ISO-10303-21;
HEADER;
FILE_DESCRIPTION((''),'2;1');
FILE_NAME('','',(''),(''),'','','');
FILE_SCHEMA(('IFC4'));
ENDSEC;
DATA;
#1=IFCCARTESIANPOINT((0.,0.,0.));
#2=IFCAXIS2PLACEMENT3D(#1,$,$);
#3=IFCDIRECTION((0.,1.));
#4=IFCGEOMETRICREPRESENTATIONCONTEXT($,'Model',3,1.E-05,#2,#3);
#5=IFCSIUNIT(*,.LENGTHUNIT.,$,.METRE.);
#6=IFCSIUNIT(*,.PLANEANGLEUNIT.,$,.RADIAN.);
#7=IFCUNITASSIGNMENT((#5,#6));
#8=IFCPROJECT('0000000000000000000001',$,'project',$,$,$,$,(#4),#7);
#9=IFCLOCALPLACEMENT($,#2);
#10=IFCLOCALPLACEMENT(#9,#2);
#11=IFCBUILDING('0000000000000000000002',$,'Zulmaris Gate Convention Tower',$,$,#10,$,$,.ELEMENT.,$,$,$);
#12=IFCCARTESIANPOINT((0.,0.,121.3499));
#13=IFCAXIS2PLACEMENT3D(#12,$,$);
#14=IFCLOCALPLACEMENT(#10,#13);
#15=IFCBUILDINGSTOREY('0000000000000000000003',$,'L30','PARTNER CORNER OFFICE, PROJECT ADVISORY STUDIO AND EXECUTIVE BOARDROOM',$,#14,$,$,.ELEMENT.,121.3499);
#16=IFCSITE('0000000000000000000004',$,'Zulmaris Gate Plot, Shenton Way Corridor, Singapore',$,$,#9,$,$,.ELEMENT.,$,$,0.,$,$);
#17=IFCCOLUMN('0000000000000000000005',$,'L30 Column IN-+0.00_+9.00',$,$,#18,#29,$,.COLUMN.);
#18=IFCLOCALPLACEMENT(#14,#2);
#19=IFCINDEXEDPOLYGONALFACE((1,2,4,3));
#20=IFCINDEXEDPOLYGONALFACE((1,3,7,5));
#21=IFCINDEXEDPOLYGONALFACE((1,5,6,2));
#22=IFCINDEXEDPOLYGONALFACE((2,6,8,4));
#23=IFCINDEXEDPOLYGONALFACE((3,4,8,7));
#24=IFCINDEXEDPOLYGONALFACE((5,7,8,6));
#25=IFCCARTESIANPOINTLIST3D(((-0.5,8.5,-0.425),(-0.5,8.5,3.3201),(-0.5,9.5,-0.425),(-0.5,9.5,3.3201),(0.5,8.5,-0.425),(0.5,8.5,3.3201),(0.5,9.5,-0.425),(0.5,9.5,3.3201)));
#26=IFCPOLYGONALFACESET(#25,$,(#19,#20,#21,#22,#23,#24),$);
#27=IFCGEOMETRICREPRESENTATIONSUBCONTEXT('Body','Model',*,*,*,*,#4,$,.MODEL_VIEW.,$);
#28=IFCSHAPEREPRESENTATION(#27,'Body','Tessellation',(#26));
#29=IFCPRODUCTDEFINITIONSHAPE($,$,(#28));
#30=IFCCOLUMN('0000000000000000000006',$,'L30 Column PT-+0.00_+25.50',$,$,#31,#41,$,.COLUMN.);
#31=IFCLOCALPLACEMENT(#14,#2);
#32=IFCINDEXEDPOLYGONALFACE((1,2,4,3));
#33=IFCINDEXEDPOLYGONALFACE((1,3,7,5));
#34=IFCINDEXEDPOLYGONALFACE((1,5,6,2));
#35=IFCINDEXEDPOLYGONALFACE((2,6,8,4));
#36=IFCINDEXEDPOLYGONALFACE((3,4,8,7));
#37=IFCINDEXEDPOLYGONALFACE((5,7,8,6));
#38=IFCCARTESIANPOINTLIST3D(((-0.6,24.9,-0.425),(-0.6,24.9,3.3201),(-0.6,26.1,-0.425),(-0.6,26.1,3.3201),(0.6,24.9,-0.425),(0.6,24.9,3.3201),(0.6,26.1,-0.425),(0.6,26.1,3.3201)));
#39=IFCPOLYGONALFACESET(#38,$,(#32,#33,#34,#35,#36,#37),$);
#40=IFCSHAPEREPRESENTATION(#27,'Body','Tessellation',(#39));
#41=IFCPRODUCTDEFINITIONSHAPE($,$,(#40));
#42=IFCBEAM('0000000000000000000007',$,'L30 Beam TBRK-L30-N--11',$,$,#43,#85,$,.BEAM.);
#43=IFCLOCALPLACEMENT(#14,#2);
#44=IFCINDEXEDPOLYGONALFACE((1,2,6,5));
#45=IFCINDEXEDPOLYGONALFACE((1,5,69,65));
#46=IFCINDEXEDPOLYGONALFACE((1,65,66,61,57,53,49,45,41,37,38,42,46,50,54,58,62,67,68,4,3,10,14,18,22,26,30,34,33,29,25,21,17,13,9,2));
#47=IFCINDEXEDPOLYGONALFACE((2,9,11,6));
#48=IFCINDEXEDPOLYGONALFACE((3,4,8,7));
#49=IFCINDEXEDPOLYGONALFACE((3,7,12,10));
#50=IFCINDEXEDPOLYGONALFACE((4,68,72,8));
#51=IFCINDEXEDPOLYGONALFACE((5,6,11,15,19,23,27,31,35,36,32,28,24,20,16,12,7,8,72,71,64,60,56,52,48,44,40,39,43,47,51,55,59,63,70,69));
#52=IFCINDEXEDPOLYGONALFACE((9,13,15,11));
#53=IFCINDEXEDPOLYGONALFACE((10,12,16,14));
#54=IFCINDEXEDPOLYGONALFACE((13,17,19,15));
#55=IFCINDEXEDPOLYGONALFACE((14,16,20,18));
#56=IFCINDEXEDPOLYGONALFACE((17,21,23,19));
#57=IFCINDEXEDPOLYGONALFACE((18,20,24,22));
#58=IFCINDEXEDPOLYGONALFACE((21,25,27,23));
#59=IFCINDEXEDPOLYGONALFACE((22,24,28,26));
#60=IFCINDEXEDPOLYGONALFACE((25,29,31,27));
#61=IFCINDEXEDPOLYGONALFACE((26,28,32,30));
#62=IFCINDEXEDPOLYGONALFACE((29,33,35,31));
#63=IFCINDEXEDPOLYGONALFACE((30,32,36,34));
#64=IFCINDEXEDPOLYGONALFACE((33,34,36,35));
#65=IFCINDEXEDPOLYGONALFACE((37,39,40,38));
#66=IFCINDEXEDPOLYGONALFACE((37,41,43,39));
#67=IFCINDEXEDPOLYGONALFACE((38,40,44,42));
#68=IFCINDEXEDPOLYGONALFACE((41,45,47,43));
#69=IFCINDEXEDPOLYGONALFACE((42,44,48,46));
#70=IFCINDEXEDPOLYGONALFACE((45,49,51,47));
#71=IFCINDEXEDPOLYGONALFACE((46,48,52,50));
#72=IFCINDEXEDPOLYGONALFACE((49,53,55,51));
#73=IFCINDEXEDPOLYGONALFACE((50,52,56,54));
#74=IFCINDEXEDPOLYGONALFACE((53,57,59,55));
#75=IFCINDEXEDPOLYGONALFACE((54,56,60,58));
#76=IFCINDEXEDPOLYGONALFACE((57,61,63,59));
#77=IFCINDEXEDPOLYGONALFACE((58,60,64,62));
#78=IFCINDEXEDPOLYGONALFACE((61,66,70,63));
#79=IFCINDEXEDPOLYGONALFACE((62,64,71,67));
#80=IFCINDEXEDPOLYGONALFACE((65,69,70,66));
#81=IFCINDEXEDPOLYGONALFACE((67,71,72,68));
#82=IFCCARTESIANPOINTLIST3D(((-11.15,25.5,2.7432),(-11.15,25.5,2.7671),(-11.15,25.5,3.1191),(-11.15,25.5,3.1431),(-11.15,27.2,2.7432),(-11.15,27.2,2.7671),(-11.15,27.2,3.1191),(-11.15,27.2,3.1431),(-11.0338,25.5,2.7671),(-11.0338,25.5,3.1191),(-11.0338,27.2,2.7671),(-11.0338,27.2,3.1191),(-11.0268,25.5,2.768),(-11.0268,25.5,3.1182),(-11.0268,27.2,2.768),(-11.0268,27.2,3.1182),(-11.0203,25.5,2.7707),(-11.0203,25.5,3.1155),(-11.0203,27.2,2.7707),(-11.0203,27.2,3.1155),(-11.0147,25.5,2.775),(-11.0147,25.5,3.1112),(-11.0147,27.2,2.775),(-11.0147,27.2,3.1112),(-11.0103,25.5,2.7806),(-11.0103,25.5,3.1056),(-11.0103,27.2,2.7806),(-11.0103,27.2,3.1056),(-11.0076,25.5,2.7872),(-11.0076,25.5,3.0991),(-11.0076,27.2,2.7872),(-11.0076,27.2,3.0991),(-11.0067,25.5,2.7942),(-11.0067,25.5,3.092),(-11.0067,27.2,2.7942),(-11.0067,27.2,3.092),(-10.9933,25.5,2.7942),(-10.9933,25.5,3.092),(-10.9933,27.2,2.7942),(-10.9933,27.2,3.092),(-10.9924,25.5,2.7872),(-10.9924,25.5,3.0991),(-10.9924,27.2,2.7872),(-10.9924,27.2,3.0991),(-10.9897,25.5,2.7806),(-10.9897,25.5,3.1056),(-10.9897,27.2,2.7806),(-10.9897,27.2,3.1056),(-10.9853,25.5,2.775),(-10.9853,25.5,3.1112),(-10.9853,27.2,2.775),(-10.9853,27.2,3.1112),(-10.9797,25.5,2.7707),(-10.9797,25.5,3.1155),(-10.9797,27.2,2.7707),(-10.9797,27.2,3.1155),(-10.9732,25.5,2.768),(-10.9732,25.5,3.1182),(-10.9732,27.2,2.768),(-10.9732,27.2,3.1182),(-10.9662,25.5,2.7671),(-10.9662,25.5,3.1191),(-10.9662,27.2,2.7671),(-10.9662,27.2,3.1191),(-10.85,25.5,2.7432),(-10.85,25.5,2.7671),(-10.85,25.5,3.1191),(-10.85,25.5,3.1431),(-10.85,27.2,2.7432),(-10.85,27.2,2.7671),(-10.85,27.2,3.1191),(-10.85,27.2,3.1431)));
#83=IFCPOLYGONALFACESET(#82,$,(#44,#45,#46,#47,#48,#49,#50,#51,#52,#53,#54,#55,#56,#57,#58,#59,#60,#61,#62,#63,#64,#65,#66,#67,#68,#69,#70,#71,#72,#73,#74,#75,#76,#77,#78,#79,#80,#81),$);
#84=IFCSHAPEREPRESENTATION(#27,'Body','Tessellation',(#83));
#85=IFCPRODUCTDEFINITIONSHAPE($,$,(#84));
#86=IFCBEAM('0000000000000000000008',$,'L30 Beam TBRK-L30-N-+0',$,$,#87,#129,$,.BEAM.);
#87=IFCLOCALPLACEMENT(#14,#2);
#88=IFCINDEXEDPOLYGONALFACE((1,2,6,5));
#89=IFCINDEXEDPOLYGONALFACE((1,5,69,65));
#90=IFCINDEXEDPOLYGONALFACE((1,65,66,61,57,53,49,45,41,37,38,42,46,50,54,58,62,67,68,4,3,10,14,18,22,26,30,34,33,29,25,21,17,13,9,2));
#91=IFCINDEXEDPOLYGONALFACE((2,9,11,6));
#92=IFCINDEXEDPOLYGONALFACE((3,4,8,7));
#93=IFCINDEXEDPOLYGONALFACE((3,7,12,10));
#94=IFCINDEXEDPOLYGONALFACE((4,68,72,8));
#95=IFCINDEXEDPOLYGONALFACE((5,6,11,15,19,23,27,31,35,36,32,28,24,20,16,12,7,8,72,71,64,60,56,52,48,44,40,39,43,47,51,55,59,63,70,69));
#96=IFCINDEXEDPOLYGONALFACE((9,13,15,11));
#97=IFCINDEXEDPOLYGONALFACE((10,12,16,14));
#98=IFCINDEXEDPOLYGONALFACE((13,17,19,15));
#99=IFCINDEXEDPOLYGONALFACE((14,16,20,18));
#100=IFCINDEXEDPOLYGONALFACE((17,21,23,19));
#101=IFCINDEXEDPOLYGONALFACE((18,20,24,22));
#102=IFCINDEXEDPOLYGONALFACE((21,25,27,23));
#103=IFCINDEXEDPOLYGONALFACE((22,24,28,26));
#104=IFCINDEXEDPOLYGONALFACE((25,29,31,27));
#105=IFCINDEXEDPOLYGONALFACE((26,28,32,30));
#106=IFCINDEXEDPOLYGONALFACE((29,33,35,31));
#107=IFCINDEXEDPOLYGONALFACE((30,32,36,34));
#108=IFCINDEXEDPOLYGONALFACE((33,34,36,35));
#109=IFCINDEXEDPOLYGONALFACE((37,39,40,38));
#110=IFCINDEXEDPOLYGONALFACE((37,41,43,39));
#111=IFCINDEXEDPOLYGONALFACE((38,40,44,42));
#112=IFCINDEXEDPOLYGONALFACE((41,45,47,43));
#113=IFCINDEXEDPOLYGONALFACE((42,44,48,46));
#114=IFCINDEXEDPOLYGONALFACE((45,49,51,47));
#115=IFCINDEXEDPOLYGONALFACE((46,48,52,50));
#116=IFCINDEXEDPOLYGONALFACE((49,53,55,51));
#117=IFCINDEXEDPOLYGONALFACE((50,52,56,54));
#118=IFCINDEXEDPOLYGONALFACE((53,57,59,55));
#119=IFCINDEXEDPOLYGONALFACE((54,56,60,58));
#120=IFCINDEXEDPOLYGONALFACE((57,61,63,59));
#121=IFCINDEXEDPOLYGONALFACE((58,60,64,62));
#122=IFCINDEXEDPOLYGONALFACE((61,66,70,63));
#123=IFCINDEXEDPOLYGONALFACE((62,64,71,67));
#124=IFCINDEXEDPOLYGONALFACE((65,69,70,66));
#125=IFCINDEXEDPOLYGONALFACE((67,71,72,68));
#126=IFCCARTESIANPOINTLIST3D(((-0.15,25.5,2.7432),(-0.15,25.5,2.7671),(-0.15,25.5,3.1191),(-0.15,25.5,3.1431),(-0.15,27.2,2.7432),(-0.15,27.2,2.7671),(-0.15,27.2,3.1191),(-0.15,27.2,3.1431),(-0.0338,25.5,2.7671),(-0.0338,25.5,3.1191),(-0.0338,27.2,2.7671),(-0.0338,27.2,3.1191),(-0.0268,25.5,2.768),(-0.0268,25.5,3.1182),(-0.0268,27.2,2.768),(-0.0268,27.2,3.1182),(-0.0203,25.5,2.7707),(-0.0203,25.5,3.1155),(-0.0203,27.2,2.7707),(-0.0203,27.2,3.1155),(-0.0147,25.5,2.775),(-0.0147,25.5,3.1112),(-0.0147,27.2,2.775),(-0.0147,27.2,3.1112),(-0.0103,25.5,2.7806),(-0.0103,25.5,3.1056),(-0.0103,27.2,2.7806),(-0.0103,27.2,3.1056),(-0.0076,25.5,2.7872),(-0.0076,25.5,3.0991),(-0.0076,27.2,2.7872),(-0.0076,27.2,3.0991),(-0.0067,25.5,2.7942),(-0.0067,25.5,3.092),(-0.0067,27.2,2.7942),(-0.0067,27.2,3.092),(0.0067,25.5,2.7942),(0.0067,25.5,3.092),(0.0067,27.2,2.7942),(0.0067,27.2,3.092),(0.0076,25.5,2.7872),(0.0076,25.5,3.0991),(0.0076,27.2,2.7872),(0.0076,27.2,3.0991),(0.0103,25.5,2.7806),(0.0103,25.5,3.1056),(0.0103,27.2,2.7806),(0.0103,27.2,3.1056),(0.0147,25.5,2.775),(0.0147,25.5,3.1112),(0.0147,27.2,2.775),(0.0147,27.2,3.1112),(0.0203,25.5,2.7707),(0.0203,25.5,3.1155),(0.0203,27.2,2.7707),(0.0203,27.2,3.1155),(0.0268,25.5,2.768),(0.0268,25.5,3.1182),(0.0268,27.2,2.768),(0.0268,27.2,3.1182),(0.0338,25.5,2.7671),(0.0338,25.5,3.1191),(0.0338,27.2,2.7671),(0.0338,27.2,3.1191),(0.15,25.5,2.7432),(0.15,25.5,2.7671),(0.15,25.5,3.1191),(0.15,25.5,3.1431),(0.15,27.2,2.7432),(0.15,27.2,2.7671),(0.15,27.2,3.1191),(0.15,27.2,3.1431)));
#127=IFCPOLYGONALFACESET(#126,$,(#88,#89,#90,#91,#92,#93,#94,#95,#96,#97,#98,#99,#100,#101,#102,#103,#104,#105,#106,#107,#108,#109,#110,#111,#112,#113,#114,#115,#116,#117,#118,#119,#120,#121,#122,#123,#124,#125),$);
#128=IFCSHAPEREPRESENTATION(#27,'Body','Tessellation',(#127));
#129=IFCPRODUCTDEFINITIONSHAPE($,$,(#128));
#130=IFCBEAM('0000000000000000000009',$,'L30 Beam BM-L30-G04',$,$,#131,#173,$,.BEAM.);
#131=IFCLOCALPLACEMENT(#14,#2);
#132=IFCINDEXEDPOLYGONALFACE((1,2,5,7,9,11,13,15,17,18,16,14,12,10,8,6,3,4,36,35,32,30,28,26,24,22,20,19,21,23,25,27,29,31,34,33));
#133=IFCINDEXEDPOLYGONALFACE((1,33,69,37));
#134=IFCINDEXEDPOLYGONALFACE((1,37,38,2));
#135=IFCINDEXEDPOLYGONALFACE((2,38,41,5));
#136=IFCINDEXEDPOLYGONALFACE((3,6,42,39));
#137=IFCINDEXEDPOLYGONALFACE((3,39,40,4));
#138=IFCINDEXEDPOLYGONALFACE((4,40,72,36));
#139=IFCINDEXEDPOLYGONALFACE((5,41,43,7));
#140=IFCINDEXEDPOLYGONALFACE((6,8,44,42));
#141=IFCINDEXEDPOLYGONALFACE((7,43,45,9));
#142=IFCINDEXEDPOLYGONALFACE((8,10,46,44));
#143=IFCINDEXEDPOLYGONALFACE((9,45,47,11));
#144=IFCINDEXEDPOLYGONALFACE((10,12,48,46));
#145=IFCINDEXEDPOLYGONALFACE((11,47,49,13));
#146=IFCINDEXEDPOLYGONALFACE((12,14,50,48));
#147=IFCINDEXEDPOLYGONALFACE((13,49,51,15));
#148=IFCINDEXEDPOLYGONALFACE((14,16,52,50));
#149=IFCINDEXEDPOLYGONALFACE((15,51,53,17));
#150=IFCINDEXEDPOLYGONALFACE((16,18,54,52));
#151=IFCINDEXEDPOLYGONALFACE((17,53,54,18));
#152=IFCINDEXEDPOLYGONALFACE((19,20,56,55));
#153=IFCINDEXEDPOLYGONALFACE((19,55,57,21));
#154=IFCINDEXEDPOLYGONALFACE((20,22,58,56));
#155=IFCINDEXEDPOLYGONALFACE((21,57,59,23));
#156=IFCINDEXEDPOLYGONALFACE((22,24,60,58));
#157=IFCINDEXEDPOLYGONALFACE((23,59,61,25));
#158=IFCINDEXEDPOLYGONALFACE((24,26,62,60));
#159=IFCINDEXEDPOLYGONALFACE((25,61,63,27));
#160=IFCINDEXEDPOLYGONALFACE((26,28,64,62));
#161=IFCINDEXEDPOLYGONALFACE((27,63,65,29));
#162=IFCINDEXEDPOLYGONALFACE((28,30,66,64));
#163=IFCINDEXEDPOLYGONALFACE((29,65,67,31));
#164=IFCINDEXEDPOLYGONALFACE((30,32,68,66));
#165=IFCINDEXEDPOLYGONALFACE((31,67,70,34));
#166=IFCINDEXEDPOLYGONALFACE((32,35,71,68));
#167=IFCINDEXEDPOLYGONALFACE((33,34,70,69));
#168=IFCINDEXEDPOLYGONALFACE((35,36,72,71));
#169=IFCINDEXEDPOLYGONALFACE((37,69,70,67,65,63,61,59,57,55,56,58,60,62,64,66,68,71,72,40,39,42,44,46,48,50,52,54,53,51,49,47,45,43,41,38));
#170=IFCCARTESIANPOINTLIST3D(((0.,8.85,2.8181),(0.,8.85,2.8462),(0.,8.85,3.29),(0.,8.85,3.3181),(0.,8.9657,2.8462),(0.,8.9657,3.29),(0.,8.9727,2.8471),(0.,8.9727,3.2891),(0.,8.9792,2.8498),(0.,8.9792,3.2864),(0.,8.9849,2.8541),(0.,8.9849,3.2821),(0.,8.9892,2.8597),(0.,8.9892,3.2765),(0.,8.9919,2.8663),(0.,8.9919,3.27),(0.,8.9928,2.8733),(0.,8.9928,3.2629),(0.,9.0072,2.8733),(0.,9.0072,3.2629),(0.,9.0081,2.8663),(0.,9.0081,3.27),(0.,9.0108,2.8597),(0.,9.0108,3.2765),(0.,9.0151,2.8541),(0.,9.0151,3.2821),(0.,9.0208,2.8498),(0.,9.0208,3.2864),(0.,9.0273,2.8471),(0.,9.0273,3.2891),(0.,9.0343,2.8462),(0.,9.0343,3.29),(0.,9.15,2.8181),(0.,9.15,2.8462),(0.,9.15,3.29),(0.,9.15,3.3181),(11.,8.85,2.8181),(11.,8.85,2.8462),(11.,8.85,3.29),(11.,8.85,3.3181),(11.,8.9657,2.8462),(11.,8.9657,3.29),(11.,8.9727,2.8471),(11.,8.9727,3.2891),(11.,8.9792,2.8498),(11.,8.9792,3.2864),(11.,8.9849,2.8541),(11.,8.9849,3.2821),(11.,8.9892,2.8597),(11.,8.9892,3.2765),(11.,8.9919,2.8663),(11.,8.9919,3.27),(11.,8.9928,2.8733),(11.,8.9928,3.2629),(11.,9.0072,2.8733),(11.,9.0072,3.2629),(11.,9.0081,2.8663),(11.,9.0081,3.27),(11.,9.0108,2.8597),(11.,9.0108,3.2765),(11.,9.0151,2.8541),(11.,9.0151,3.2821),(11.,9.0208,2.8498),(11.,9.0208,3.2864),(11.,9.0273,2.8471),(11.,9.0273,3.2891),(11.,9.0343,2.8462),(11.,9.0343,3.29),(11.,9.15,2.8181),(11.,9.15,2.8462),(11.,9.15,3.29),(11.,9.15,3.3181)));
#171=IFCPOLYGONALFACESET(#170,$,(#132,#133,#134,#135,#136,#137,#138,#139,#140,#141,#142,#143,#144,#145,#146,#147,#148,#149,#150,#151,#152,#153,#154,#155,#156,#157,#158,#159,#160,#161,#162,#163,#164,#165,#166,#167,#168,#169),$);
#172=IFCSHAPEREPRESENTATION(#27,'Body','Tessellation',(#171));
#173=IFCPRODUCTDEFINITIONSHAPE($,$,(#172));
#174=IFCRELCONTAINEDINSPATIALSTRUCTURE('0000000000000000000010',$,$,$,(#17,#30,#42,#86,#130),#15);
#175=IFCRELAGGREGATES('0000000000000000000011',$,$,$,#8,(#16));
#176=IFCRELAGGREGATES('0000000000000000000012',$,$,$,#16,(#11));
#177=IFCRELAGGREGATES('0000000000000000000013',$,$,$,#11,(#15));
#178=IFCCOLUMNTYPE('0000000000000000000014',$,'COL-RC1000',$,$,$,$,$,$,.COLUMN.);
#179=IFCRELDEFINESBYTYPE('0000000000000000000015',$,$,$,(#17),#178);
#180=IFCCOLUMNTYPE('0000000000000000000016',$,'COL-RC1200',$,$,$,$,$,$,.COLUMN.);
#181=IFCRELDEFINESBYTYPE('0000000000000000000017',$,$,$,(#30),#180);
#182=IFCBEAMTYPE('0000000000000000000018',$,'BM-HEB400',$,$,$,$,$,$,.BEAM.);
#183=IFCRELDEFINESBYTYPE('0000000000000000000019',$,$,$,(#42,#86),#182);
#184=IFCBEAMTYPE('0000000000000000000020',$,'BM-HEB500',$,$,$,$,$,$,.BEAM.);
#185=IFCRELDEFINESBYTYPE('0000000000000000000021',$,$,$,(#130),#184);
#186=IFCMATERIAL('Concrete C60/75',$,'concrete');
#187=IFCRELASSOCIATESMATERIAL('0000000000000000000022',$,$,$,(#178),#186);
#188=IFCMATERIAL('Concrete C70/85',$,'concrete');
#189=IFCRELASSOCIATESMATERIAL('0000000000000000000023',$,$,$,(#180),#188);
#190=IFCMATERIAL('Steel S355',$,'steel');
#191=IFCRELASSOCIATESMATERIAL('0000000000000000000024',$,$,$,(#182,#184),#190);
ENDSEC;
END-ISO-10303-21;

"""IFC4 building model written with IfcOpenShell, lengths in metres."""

from ifc_helpers import new_model, si_unit, direction, frame, origin, origin_2d, place, context, subcontext, project, spatial, rectangle, i_section, extrude, material, material_profile, profile_set, type_object, element, save


model = new_model("IFC4")

# Units and contexts
model_context = context("Model", 3, precision=1e-05, world=origin(), true_north=direction((0.0, 1.0)))
body_context = subcontext(model_context, "Body", "Model", "MODEL_VIEW")
ifc_project = project(units=[si_unit("LENGTHUNIT", "METRE"), si_unit("PLANEANGLEUNIT", "RADIAN")], contexts=[model_context])

# Site, building, storey
site_placement = place(None, origin())
site = spatial("IfcSite", under=ifc_project, at=site_placement, Name="Zulmaris Gate Plot, Shenton Way Corridor, Singapore", CompositionType="ELEMENT", RefElevation=0.0)
building_placement = place(site_placement, origin())
building = spatial("IfcBuilding", under=site, at=building_placement, Name="Zulmaris Gate Convention Tower", CompositionType="ELEMENT")
storey_placement = place(building_placement, frame((0.0, 0.0, 121.3499)))
storey = spatial("IfcBuildingStorey", under=building, at=storey_placement, Name="L30", Description="PARTNER CORNER OFFICE, PROJECT ADVISORY STUDIO AND EXECUTIVE BOARDROOM", CompositionType="ELEMENT", Elevation=121.3499)

# Columns
ifc_material_1 = material(Name="Concrete C60/75", Category="concrete")
ifc_material_profile_1 = material_profile(ifc_material_1, rectangle(XDim=1.0, YDim=1.0, at=origin_2d()), Name="RC COL 1000x1000")
ifc_profile_set_1 = profile_set([ifc_material_profile_1], Name="Concrete C60/75")
column_type_1 = type_object("IfcColumnType", Name="COL-RC1000", PredefinedType="COLUMN", material=ifc_profile_set_1)
column_1_placement = place(storey_placement, frame((0.0, 9.0, -0.425), z_axis=(0.0, 0.0, 1.0), x_axis=(1.0, 0.0, 0.0)))
element("IfcColumn", 1, at=column_1_placement, inside=storey, type_object=column_type_1, Name="L30 Column IN-+0.00_+9.00", PredefinedType="COLUMN", context=body_context, shape_type="SweptSolid", body=[
    extrude(rectangle(XDim=1.0, YDim=1.0, at=origin_2d()), origin(), (0.0, 0.0, 1.0), 3.7451),
])
ifc_material_2 = material(Name="Concrete C70/85", Category="concrete")
ifc_material_profile_2 = material_profile(ifc_material_2, rectangle(XDim=1.2, YDim=1.2, at=origin_2d()), Name="RC COL 1200x1200")
ifc_profile_set_2 = profile_set([ifc_material_profile_2], Name="Concrete C70/85")
column_type_2 = type_object("IfcColumnType", Name="COL-RC1200", PredefinedType="COLUMN", material=ifc_profile_set_2)
column_2_placement = place(storey_placement, frame((0.0, 25.5, -0.425), z_axis=(0.0, 0.0, 1.0), x_axis=(1.0, 0.0, 0.0)))
element("IfcColumn", 2, at=column_2_placement, inside=storey, type_object=column_type_2, Name="L30 Column PT-+0.00_+25.50", PredefinedType="COLUMN", context=body_context, shape_type="SweptSolid", body=[
    extrude(rectangle(XDim=1.2, YDim=1.2, at=origin_2d()), origin(), (0.0, 0.0, 1.0), 3.7451),
])

# Beams
ifc_material_3 = material(Name="Steel S355", Category="steel")
ifc_material_profile_3 = material_profile(ifc_material_3, i_section(OverallWidth=0.3, OverallDepth=0.3999, WebThickness=0.0134, FlangeThickness=0.0239, FilletRadius=0.0271, at=origin_2d()), Name="HEB 400")
ifc_profile_set_3 = profile_set([ifc_material_profile_3], Name="Steel S355")
beam_type_1 = type_object("IfcBeamType", Name="BM-HEB400", PredefinedType="BEAM", material=ifc_profile_set_3)
for number, where, z_axis, x_axis, name in (
    (3, (-11.0, 25.5, 2.9431), (0.0, 1.0, 0.0), (-1.0, 0.0, 0.0), "L30 Beam TBRK-L30-N--11"),
    (4, (0.0, 25.5, 2.9431), (0.0, 1.0, 0.0), (-1.0, 0.0, 0.0), "L30 Beam TBRK-L30-N-+0"),
):
    element("IfcBeam", number, at=place(storey_placement, frame(where, z_axis=z_axis, x_axis=x_axis)), inside=storey, type_object=beam_type_1, Name=name, PredefinedType="BEAM", context=body_context, shape_type="SweptSolid", body=[
        extrude(i_section(OverallWidth=0.3, OverallDepth=0.3999, WebThickness=0.0134, FlangeThickness=0.0239, FilletRadius=0.0271, at=origin_2d()), origin(), (0.0, 0.0, 1.0), 1.7),
    ])
ifc_material_profile_4 = material_profile(ifc_material_3, i_section(OverallWidth=0.3, OverallDepth=0.5, WebThickness=0.0144, FlangeThickness=0.0281, FilletRadius=0.0271, at=origin_2d()), Name="HEB 500")
ifc_profile_set_4 = profile_set([ifc_material_profile_4], Name="Steel S355")
beam_type_2 = type_object("IfcBeamType", Name="BM-HEB500", PredefinedType="BEAM", material=ifc_profile_set_4)
beam_1_placement = place(storey_placement, frame((0.0, 9.0, 3.0681), z_axis=(1.0, 0.0, 0.0), x_axis=(0.0, 1.0, 0.0)))
element("IfcBeam", 5, at=beam_1_placement, inside=storey, type_object=beam_type_2, Name="L30 Beam BM-L30-G04", PredefinedType="BEAM", context=body_context, shape_type="SweptSolid", body=[
    extrude(i_section(OverallWidth=0.3, OverallDepth=0.5, WebThickness=0.0144, FlangeThickness=0.0281, FilletRadius=0.0271, at=origin_2d()), origin(), (0.0, 0.0, 1.0), 11.0),
])

save(model, "model.ifc")
